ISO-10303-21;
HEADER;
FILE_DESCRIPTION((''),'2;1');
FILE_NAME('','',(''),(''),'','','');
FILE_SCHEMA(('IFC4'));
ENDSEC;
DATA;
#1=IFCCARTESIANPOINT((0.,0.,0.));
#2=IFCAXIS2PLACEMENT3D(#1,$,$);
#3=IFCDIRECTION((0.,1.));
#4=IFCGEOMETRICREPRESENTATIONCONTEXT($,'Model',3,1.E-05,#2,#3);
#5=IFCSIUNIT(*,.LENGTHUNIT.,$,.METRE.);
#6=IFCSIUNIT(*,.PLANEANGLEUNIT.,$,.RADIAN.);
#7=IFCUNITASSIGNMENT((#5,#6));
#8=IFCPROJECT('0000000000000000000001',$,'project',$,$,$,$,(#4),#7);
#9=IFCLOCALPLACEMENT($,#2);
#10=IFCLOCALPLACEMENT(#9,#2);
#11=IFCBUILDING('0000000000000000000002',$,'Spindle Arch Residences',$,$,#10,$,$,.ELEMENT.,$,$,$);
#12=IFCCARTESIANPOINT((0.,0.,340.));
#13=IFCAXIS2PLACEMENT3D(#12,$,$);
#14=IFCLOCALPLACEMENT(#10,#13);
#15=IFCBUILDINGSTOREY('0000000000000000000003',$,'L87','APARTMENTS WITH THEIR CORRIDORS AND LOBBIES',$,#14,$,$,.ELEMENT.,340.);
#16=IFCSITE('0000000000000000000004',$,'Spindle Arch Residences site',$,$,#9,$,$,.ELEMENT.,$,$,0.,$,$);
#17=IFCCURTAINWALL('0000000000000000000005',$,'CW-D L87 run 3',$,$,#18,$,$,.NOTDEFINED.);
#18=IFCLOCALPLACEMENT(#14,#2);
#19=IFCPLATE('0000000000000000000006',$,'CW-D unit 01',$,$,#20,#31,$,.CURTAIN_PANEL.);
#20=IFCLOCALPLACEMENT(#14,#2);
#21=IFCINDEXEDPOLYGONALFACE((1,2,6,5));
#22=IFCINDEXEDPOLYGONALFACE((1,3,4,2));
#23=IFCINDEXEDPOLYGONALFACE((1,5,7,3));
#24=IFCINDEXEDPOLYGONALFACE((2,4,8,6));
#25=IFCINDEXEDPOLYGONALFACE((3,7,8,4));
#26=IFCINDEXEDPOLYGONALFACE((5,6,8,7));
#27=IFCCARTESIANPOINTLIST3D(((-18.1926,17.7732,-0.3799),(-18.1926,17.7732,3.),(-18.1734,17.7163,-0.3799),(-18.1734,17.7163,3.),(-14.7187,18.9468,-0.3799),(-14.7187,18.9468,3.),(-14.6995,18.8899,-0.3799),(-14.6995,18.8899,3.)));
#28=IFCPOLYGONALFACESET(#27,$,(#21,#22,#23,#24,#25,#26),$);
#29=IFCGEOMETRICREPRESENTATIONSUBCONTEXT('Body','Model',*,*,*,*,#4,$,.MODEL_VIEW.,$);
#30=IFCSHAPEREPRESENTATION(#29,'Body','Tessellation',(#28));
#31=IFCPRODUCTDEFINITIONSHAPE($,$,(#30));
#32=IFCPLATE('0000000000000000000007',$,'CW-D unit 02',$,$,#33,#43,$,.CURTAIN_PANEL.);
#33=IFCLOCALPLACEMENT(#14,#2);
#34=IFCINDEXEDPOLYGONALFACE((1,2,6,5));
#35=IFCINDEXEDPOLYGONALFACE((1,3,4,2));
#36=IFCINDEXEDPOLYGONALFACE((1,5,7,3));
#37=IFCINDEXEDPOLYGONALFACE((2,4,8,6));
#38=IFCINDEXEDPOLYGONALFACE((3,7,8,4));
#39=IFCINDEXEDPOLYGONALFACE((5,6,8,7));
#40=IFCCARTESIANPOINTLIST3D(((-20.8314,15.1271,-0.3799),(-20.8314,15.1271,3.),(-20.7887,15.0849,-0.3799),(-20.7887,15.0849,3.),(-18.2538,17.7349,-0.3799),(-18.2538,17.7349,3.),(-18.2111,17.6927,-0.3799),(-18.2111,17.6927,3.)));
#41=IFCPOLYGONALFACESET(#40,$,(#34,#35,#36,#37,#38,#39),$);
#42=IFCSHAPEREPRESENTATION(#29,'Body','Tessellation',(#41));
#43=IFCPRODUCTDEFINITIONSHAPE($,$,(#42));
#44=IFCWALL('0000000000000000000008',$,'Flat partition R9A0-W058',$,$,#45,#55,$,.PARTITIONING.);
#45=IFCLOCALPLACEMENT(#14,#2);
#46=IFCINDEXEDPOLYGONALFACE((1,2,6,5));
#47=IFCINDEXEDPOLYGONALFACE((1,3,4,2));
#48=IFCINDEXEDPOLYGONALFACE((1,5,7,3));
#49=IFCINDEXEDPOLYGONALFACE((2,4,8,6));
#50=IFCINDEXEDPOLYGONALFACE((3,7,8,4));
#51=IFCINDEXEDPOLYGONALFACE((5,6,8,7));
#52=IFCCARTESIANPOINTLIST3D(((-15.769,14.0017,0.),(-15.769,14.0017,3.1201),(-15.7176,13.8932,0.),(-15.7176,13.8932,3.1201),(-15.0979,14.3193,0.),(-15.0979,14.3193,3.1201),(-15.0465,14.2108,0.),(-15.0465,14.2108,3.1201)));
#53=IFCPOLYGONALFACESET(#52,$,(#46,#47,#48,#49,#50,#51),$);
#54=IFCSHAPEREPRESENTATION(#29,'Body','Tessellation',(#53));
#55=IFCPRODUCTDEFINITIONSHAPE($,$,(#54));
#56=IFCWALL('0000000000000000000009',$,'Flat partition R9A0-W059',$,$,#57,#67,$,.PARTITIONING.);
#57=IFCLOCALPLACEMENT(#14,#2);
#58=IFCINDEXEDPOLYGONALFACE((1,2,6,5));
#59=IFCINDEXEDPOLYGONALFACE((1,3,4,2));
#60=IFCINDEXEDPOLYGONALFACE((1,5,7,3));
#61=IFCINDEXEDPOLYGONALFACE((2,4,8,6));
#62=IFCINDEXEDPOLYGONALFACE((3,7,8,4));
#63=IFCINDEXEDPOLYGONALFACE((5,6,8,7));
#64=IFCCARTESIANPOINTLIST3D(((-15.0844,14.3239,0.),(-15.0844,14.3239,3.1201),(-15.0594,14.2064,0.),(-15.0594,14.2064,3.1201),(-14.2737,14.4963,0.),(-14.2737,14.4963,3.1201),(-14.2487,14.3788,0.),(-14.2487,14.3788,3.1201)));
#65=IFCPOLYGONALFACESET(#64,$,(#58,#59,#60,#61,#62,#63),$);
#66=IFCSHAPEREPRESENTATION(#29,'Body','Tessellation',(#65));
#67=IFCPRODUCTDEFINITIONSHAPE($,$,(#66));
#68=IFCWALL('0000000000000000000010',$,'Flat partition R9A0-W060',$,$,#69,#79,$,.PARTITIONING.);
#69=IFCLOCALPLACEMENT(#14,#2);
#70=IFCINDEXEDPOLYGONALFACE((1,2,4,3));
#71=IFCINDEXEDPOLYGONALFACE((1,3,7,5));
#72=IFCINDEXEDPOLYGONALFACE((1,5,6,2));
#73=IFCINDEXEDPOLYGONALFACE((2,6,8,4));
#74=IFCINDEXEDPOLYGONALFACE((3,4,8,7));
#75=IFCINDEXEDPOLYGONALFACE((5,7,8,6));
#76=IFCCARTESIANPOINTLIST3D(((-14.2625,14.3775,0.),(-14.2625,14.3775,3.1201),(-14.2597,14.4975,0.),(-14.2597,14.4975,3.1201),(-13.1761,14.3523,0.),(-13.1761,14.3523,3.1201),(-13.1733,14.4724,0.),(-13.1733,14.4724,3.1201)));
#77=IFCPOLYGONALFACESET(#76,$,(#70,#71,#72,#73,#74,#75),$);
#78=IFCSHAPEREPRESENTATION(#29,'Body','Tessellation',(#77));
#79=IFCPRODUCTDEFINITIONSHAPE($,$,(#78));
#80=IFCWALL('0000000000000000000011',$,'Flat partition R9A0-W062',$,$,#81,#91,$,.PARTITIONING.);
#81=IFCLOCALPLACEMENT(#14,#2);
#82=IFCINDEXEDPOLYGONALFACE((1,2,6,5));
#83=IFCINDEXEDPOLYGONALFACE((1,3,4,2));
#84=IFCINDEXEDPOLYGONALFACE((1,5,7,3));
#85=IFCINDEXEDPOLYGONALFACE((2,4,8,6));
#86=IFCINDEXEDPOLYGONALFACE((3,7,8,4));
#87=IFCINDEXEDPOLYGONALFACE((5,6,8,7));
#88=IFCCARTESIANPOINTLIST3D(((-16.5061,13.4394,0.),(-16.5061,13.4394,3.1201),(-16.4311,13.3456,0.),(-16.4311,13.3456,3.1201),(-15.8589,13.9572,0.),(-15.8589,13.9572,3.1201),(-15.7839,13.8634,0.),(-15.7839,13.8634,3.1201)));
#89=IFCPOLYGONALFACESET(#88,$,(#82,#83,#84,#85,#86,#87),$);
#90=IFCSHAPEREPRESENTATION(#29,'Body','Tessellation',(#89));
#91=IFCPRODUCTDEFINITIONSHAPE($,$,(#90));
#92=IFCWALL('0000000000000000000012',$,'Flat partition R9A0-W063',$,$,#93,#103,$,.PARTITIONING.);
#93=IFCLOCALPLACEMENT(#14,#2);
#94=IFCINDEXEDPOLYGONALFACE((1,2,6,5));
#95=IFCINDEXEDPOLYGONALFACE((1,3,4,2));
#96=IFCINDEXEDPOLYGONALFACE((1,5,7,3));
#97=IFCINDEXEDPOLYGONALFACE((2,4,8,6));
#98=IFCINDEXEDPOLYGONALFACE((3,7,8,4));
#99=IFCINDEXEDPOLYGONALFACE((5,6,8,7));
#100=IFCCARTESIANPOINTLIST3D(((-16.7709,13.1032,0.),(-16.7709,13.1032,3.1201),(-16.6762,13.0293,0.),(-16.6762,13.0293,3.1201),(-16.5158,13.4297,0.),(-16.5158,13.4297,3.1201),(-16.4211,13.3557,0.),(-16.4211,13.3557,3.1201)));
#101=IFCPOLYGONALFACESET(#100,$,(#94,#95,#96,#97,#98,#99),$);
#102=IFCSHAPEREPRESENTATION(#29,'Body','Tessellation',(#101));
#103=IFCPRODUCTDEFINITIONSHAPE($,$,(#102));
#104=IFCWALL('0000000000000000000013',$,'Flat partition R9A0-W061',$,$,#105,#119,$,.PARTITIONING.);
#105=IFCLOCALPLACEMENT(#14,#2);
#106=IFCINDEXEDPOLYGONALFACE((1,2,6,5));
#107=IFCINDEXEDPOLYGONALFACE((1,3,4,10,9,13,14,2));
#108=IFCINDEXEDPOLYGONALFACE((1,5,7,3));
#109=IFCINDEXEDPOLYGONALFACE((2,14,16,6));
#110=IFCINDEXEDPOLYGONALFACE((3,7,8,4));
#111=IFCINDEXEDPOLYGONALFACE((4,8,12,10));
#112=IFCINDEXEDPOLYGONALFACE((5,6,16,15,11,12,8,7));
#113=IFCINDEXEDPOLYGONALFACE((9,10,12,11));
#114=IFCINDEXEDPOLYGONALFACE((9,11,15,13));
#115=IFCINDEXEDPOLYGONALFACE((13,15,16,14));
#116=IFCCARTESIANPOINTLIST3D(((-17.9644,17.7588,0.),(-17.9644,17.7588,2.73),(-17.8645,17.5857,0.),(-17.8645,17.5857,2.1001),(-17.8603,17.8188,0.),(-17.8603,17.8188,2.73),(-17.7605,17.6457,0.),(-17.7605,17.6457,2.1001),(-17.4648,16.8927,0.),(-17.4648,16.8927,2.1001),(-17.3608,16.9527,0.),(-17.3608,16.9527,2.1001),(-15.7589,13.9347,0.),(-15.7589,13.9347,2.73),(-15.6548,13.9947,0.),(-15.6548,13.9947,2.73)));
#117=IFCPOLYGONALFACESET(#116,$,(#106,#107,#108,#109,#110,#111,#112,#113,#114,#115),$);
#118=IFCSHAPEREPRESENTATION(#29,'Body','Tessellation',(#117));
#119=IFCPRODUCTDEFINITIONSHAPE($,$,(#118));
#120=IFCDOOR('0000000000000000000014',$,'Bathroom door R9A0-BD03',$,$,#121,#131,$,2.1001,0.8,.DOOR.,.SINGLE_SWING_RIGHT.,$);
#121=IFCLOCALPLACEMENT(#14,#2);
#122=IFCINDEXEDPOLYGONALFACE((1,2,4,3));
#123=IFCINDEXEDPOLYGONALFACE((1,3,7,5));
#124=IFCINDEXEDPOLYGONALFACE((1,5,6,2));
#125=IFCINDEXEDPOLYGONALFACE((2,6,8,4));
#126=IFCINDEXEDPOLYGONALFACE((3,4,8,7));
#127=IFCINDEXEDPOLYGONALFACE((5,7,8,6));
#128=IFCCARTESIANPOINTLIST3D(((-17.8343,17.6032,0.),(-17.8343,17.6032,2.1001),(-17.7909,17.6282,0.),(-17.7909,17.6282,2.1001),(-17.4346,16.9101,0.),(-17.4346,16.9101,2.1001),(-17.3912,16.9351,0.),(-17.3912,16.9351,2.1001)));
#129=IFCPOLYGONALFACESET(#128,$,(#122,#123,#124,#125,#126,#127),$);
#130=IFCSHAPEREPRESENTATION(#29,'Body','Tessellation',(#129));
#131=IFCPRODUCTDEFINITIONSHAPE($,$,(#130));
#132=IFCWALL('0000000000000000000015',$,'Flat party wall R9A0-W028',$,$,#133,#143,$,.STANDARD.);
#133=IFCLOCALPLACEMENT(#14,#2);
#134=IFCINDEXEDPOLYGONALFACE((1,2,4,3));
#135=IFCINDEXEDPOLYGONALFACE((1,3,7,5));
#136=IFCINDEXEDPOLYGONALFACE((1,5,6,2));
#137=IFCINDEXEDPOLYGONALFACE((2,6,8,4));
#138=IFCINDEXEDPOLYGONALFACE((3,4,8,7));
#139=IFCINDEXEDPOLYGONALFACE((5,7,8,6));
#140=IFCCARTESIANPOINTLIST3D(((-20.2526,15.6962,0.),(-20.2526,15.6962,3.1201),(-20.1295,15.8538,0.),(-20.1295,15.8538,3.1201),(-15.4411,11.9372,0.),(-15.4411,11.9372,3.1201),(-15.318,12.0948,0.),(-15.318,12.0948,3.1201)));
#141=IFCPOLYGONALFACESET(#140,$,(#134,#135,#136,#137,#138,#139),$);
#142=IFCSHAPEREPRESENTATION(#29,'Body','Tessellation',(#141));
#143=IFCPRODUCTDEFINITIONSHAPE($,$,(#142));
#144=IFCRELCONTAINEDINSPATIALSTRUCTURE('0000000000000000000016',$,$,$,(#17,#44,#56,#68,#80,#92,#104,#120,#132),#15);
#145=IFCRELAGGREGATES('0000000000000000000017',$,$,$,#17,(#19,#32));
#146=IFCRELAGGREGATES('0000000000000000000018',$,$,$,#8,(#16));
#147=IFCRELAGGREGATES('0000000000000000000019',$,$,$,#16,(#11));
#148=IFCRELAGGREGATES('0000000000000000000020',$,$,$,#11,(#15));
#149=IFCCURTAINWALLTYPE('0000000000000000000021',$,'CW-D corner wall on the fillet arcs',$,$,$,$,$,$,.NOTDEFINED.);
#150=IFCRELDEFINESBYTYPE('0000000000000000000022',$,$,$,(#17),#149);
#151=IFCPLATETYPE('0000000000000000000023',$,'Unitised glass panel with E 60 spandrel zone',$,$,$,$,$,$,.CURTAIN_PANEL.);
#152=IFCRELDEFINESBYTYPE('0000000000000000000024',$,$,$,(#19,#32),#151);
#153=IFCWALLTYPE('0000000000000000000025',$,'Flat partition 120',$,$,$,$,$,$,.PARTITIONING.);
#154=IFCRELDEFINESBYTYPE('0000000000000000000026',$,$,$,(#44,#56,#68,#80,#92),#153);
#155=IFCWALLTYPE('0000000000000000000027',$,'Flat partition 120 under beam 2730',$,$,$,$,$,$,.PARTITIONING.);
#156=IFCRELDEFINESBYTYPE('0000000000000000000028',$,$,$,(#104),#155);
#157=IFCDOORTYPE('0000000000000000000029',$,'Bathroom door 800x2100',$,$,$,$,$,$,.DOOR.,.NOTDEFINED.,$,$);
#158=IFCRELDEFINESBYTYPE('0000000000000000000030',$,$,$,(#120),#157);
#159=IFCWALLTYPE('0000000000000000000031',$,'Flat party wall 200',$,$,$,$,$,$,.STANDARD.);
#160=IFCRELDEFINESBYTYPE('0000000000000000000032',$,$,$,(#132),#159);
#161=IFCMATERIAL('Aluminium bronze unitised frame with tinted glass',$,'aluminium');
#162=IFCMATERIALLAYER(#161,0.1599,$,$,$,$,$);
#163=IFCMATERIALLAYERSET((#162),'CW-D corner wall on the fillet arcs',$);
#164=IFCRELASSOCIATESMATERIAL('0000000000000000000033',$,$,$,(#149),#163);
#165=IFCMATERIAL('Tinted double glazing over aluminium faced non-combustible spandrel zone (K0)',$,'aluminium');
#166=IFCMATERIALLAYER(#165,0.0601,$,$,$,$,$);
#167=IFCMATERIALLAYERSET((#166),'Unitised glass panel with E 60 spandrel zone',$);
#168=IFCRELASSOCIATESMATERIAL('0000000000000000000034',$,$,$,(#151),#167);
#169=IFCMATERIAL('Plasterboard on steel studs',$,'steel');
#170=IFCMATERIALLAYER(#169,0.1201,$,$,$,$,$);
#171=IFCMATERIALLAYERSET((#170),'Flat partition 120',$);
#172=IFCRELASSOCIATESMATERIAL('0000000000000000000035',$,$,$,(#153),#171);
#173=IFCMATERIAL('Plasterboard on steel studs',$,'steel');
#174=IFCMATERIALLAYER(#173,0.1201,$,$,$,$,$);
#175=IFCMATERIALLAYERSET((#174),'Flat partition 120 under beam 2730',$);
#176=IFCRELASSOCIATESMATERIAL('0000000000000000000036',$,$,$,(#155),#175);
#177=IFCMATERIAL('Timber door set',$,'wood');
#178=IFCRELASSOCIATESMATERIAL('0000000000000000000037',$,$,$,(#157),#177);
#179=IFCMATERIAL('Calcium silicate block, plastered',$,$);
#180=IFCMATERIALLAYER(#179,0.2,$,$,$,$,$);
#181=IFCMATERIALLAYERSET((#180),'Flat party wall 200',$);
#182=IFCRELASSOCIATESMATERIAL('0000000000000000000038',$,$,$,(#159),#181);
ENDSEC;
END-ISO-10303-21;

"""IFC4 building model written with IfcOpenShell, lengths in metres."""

from ifc_helpers import new_model, si_unit, direction, frame, frame_2d, origin, origin_2d, place, context, subcontext, project, spatial, rectangle, extrude, material, layer, layer_set, type_object, element, fill, aggregate, save


model = new_model("IFC4")

# Units and contexts
model_context = context("Model", 3, precision=1e-05, world=origin(), true_north=direction((0.0, 1.0)))
body_context = subcontext(model_context, "Body", "Model", "MODEL_VIEW")
ifc_project = project(units=[si_unit("LENGTHUNIT", "METRE"), si_unit("PLANEANGLEUNIT", "RADIAN")], contexts=[model_context])

# Site, building, storey
site_placement = place(None, origin())
site = spatial("IfcSite", under=ifc_project, at=site_placement, Name="Spindle Arch Residences site", CompositionType="ELEMENT", RefElevation=0.0)
building_placement = place(site_placement, origin())
building = spatial("IfcBuilding", under=site, at=building_placement, Name="Spindle Arch Residences", CompositionType="ELEMENT")
storey_placement = place(building_placement, frame((0.0, 0.0, 340.0)))
storey = spatial("IfcBuildingStorey", under=building, at=storey_placement, Name="L87", Description="APARTMENTS WITH THEIR CORRIDORS AND LOBBIES", CompositionType="ELEMENT", Elevation=340.0)

# Curtain wall
ifc_material_1 = material(Name="Aluminium bronze unitised frame with tinted glass", Category="aluminium")
ifc_layer_1 = layer(ifc_material_1, 0.1599)
ifc_layer_set_1 = layer_set([ifc_layer_1], Name="CW-D corner wall on the fillet arcs")
curtain_wall_type = type_object("IfcCurtainWallType", Name="CW-D corner wall on the fillet arcs", PredefinedType="NOTDEFINED", material=ifc_layer_set_1)
curtain_wall_placement = place(storey_placement, origin())
curtain_wall = element("IfcCurtainWall", 1, at=curtain_wall_placement, inside=storey, type_object=curtain_wall_type, Name="CW-D L87 run 3", PredefinedType="NOTDEFINED")

# Plates
ifc_material_2 = material(Name="Tinted double glazing over aluminium faced non-combustible spandrel zone (K0)", Category="aluminium")
ifc_layer_2 = layer(ifc_material_2, 0.0601)
ifc_layer_set_2 = layer_set([ifc_layer_2], Name="Unitised glass panel with E 60 spandrel zone")
plate_type = type_object("IfcPlateType", Name="Unitised glass panel with E 60 spandrel zone", PredefinedType="CURTAIN_PANEL", material=ifc_layer_set_2)
plate_1_placement = place(storey_placement, frame((-16.446, 18.3315, -0.3799), z_axis=(0.0, 0.0, 1.0), x_axis=(-0.947397, -0.320062, 0.0)))
plate_1 = element("IfcPlate", 2, at=plate_1_placement, type_object=plate_type, Name="CW-D unit 01", PredefinedType="CURTAIN_PANEL", context=body_context, shape_type="SweptSolid", body=[
    extrude(rectangle(XDim=3.6667, YDim=0.0601, at=origin_2d()), origin(), (0.0, 0.0, 1.0), 3.3799),
])
plate_2_placement = place(storey_placement, frame((-19.5212, 16.4099, -0.3799), z_axis=(0.0, 0.0, 1.0), x_axis=(-0.702981, -0.711209, 0.0)))
plate_2 = element("IfcPlate", 3, at=plate_2_placement, type_object=plate_type, Name="CW-D unit 02", PredefinedType="CURTAIN_PANEL", context=body_context, shape_type="SweptSolid", body=[
    extrude(rectangle(XDim=3.6667, YDim=0.0601, at=origin_2d()), origin(), (0.0, 0.0, 1.0), 3.3799),
])
aggregate(curtain_wall, [plate_1, plate_2])

# Walls
ifc_material_3 = material(Name="Plasterboard on steel studs", Category="steel")
ifc_layer_3 = layer(ifc_material_3, 0.1201)
ifc_layer_set_3 = layer_set([ifc_layer_3], Name="Flat partition 120")
wall_type_1 = type_object("IfcWallType", Name="Flat partition 120", PredefinedType="PARTITIONING", material=ifc_layer_set_3)
wall_1_placement = place(storey_placement, frame((-15.7432, 13.9475, 0.0), z_axis=(0.0, 0.0, 1.0), x_axis=(0.903885, 0.427775, 0.0)))
element("IfcWall", 4, at=wall_1_placement, inside=storey, type_object=wall_type_1, Name="Flat partition R9A0-W058", PredefinedType="PARTITIONING", context=body_context, shape_type="SweptSolid", body=[
    extrude(rectangle(XDim=0.7424, YDim=0.1201, at=frame_2d((0.3711, 0.0))), origin(), (0.0, 0.0, 1.0), 3.1201),
])
wall_2_placement = place(storey_placement, frame((-15.072, 14.2651, 0.0), z_axis=(0.0, 0.0, 1.0), x_axis=(0.978142, 0.20794, 0.0)))
element("IfcWall", 5, at=wall_2_placement, inside=storey, type_object=wall_type_1, Name="Flat partition R9A0-W059", PredefinedType="PARTITIONING", context=body_context, shape_type="SweptSolid", body=[
    extrude(rectangle(XDim=0.8289, YDim=0.1201, at=frame_2d((0.4146, 0.0))), origin(), (0.0, 0.0, 1.0), 3.1201),
])
wall_3_placement = place(storey_placement, frame((-14.2612, 14.4375, 0.0), z_axis=(0.0, 0.0, 1.0), x_axis=(0.999732, -0.02314, 0.0)))
element("IfcWall", 6, at=wall_3_placement, inside=storey, type_object=wall_type_1, Name="Flat partition R9A0-W060", PredefinedType="PARTITIONING", context=body_context, shape_type="SweptSolid", body=[
    extrude(rectangle(XDim=1.0867, YDim=0.1201, at=frame_2d((0.5435, 0.0))), origin(), (0.0, 0.0, 1.0), 3.1201),
])
wall_4_placement = place(storey_placement, frame((-15.8213, 13.9104, 0.0), z_axis=(0.0, 0.0, 1.0), x_axis=(-0.78084, -0.624731, 0.0)))
element("IfcWall", 7, at=wall_4_placement, inside=storey, type_object=wall_type_1, Name="Flat partition R9A0-W062", PredefinedType="PARTITIONING", context=body_context, shape_type="SweptSolid", body=[
    extrude(rectangle(XDim=0.8289, YDim=0.1201, at=frame_2d((0.4146, 0.0))), origin(), (0.0, 0.0, 1.0), 3.1201),
])
wall_5_placement = place(storey_placement, frame((-16.4685, 13.3926, 0.0), z_axis=(0.0, 0.0, 1.0), x_axis=(-0.615816, -0.78789, 0.0)))
element("IfcWall", 8, at=wall_5_placement, inside=storey, type_object=wall_type_1, Name="Flat partition R9A0-W063", PredefinedType="PARTITIONING", context=body_context, shape_type="SweptSolid", body=[
    extrude(rectangle(XDim=0.4143, YDim=0.1201, at=frame_2d((0.207, 0.0))), origin(), (0.0, 0.0, 1.0), 3.1201),
])

# Wall, opening, door
ifc_material_4 = material(Name="Plasterboard on steel studs", Category="steel")
ifc_layer_4 = layer(ifc_material_4, 0.1201)
ifc_layer_set_4 = layer_set([ifc_layer_4], Name="Flat partition 120 under beam 2730")
wall_type_2 = type_object("IfcWallType", Name="Flat partition 120 under beam 2730", PredefinedType="PARTITIONING", material=ifc_layer_set_4)
wall_6_placement = place(storey_placement, frame((-17.9124, 17.7888, 0.0), z_axis=(0.0, 0.0, 1.0), x_axis=(0.499601, -0.866256, 0.0)))
wall_6 = element("IfcWall", 9, at=wall_6_placement, inside=storey, type_object=wall_type_2, Name="Flat partition R9A0-W061", PredefinedType="PARTITIONING", context=body_context, shape_type="SweptSolid", body=[
    extrude(rectangle(XDim=4.4146, YDim=0.1201, at=frame_2d((2.2073, 0.0))), origin(), (0.0, 0.0, 1.0), 2.73),
])
opening_placement = place(wall_6_placement, frame((0.2, 0.0, 0.0)))
opening = element("IfcOpeningElement", 10, at=opening_placement, cuts=wall_6, PredefinedType="OPENING", context=body_context, shape_type="SweptSolid", body=[
    extrude(rectangle(XDim=0.8, YDim=2.1001, at=frame_2d((0.3999, 1.05))), frame((0.0, 0.0701, 0.0), z_axis=(0.0, -1.0, 0.0), x_axis=(1.0, 0.0, 0.0)), (0.0, 0.0, 1.0), 0.1401),
])
ifc_material_5 = material(Name="Timber door set", Category="wood")
door_type = type_object("IfcDoorType", Name="Bathroom door 800x2100", OperationType="NOTDEFINED", PredefinedType="DOOR", material=ifc_material_5)
door_placement = place(opening_placement, origin())
door = element("IfcDoor", 11, at=door_placement, inside=storey, type_object=door_type, Name="Bathroom door R9A0-BD03", OperationType="SINGLE_SWING_RIGHT", OverallHeight=2.1001, OverallWidth=0.8, PredefinedType="DOOR", context=body_context, shape_type="SweptSolid", body=[
    extrude(rectangle(XDim=0.8, YDim=2.1001, at=frame_2d((0.3999, 1.05))), frame((0.0, 0.0249, 0.0), z_axis=(0.0, -1.0, 0.0), x_axis=(1.0, 0.0, 0.0)), (0.0, 0.0, 1.0), 0.05),
])
fill(opening, door)

# Wall
ifc_material_6 = material(Name="Calcium silicate block, plastered")
ifc_layer_5 = layer(ifc_material_6, 0.2)
ifc_layer_set_5 = layer_set([ifc_layer_5], Name="Flat party wall 200")
wall_type_3 = type_object("IfcWallType", Name="Flat party wall 200", PredefinedType="STANDARD", material=ifc_layer_set_5)
wall_7_placement = place(storey_placement, frame((-20.1909, 15.7749, 0.0), z_axis=(0.0, 0.0, 1.0), x_axis=(0.788022, -0.615647, 0.0)))
element("IfcWall", 12, at=wall_7_placement, inside=storey, type_object=wall_type_3, Name="Flat party wall R9A0-W028", PredefinedType="STANDARD", context=body_context, shape_type="SweptSolid", body=[
    extrude(rectangle(XDim=6.1057, YDim=0.2, at=frame_2d((3.0527, 0.0))), origin(), (0.0, 0.0, 1.0), 3.1201),
])

save(model, "model.ifc")
